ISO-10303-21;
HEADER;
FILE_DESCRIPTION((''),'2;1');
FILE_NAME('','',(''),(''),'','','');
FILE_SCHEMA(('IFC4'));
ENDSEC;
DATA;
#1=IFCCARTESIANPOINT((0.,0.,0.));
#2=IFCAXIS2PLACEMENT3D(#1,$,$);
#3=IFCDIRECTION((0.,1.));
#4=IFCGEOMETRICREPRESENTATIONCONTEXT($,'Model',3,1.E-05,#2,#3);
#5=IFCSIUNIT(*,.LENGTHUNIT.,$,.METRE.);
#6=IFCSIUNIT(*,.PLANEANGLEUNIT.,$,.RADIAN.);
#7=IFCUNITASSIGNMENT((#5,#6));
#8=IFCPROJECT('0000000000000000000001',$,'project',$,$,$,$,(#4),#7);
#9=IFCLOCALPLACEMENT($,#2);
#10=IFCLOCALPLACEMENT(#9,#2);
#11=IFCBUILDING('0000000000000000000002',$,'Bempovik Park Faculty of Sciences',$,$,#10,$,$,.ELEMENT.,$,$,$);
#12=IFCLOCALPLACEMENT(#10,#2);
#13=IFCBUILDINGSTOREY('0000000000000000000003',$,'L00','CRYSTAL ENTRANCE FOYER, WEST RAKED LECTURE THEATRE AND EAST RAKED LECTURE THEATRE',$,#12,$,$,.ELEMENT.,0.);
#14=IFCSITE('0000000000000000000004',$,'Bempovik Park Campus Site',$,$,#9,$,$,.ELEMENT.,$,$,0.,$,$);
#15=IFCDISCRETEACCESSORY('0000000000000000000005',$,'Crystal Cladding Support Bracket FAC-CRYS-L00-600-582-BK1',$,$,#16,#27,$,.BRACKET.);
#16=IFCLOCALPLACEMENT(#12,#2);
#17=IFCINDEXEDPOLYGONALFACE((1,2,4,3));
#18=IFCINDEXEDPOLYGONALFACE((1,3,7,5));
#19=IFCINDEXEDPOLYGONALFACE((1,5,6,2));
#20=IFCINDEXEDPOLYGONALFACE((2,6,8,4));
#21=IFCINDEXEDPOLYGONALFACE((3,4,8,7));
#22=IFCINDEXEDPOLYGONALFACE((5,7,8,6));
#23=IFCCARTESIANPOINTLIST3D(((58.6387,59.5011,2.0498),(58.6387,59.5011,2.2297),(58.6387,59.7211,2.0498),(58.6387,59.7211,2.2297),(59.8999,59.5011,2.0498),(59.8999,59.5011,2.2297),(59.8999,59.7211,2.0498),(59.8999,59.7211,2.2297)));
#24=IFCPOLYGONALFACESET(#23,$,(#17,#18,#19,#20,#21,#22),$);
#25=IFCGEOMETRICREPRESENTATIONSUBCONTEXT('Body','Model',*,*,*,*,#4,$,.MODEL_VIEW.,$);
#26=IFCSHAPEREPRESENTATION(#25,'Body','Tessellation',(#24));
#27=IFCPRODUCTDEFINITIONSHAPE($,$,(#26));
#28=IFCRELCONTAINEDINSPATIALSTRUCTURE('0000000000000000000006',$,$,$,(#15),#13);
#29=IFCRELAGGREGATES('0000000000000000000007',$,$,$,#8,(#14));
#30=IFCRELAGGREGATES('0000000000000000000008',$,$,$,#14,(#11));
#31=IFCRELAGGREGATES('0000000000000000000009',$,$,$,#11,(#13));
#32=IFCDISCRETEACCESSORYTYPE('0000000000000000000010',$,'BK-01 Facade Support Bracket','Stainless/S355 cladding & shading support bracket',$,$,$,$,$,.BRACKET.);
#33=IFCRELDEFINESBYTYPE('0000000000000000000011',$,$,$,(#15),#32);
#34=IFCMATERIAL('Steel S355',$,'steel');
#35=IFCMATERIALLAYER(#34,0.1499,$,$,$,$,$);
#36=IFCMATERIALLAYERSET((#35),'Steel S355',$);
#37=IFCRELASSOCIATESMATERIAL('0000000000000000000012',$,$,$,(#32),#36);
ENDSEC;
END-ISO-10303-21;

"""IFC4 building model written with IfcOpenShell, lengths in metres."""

from ifc_helpers import new_model, si_unit, direction, frame, origin, origin_2d, place, context, subcontext, project, spatial, rectangle, extrude, material, layer, layer_set, type_object, element, save


model = new_model("IFC4")

# Units and contexts
model_context = context("Model", 3, precision=1e-05, world=origin(), true_north=direction((0.0, 1.0)))
body_context = subcontext(model_context, "Body", "Model", "MODEL_VIEW")
ifc_project = project(units=[si_unit("LENGTHUNIT", "METRE"), si_unit("PLANEANGLEUNIT", "RADIAN")], contexts=[model_context])

# Site, building, storey
site_placement = place(None, origin())
site = spatial("IfcSite", under=ifc_project, at=site_placement, Name="Bempovik Park Campus Site", CompositionType="ELEMENT", RefElevation=0.0)
building_placement = place(site_placement, origin())
building = spatial("IfcBuilding", under=site, at=building_placement, Name="Bempovik Park Faculty of Sciences", CompositionType="ELEMENT")
storey_placement = place(building_placement, origin())
storey = spatial("IfcBuildingStorey", under=building, at=storey_placement, Name="L00", Description="CRYSTAL ENTRANCE FOYER, WEST RAKED LECTURE THEATRE AND EAST RAKED LECTURE THEATRE", CompositionType="ELEMENT", Elevation=0.0)

# Discrete accessory
ifc_material_1 = material(Name="Steel S355", Category="steel")
ifc_layer_1 = layer(ifc_material_1, 0.1499)
ifc_layer_set_1 = layer_set([ifc_layer_1], Name="Steel S355")
discrete_accessory_type = type_object("IfcDiscreteAccessoryType", Name="BK-01 Facade Support Bracket", Description="Stainless/S355 cladding & shading support bracket", PredefinedType="BRACKET", material=ifc_layer_set_1)
discrete_accessory_1_placement = place(storey_placement, frame((59.2693, 59.6111, 2.0498), z_axis=(0.0, 0.0, 1.0), x_axis=(1.0, 0.0, 0.0)))
element("IfcDiscreteAccessory", 1, at=discrete_accessory_1_placement, inside=storey, type_object=discrete_accessory_type, Name="Crystal Cladding Support Bracket FAC-CRYS-L00-600-582-BK1", PredefinedType="BRACKET", context=body_context, shape_type="SweptSolid", body=[
    extrude(rectangle(XDim=1.2612, YDim=0.22, at=origin_2d()), origin(), (0.0, 0.0, 1.0), 0.1799),
])

save(model, "model.ifc")
